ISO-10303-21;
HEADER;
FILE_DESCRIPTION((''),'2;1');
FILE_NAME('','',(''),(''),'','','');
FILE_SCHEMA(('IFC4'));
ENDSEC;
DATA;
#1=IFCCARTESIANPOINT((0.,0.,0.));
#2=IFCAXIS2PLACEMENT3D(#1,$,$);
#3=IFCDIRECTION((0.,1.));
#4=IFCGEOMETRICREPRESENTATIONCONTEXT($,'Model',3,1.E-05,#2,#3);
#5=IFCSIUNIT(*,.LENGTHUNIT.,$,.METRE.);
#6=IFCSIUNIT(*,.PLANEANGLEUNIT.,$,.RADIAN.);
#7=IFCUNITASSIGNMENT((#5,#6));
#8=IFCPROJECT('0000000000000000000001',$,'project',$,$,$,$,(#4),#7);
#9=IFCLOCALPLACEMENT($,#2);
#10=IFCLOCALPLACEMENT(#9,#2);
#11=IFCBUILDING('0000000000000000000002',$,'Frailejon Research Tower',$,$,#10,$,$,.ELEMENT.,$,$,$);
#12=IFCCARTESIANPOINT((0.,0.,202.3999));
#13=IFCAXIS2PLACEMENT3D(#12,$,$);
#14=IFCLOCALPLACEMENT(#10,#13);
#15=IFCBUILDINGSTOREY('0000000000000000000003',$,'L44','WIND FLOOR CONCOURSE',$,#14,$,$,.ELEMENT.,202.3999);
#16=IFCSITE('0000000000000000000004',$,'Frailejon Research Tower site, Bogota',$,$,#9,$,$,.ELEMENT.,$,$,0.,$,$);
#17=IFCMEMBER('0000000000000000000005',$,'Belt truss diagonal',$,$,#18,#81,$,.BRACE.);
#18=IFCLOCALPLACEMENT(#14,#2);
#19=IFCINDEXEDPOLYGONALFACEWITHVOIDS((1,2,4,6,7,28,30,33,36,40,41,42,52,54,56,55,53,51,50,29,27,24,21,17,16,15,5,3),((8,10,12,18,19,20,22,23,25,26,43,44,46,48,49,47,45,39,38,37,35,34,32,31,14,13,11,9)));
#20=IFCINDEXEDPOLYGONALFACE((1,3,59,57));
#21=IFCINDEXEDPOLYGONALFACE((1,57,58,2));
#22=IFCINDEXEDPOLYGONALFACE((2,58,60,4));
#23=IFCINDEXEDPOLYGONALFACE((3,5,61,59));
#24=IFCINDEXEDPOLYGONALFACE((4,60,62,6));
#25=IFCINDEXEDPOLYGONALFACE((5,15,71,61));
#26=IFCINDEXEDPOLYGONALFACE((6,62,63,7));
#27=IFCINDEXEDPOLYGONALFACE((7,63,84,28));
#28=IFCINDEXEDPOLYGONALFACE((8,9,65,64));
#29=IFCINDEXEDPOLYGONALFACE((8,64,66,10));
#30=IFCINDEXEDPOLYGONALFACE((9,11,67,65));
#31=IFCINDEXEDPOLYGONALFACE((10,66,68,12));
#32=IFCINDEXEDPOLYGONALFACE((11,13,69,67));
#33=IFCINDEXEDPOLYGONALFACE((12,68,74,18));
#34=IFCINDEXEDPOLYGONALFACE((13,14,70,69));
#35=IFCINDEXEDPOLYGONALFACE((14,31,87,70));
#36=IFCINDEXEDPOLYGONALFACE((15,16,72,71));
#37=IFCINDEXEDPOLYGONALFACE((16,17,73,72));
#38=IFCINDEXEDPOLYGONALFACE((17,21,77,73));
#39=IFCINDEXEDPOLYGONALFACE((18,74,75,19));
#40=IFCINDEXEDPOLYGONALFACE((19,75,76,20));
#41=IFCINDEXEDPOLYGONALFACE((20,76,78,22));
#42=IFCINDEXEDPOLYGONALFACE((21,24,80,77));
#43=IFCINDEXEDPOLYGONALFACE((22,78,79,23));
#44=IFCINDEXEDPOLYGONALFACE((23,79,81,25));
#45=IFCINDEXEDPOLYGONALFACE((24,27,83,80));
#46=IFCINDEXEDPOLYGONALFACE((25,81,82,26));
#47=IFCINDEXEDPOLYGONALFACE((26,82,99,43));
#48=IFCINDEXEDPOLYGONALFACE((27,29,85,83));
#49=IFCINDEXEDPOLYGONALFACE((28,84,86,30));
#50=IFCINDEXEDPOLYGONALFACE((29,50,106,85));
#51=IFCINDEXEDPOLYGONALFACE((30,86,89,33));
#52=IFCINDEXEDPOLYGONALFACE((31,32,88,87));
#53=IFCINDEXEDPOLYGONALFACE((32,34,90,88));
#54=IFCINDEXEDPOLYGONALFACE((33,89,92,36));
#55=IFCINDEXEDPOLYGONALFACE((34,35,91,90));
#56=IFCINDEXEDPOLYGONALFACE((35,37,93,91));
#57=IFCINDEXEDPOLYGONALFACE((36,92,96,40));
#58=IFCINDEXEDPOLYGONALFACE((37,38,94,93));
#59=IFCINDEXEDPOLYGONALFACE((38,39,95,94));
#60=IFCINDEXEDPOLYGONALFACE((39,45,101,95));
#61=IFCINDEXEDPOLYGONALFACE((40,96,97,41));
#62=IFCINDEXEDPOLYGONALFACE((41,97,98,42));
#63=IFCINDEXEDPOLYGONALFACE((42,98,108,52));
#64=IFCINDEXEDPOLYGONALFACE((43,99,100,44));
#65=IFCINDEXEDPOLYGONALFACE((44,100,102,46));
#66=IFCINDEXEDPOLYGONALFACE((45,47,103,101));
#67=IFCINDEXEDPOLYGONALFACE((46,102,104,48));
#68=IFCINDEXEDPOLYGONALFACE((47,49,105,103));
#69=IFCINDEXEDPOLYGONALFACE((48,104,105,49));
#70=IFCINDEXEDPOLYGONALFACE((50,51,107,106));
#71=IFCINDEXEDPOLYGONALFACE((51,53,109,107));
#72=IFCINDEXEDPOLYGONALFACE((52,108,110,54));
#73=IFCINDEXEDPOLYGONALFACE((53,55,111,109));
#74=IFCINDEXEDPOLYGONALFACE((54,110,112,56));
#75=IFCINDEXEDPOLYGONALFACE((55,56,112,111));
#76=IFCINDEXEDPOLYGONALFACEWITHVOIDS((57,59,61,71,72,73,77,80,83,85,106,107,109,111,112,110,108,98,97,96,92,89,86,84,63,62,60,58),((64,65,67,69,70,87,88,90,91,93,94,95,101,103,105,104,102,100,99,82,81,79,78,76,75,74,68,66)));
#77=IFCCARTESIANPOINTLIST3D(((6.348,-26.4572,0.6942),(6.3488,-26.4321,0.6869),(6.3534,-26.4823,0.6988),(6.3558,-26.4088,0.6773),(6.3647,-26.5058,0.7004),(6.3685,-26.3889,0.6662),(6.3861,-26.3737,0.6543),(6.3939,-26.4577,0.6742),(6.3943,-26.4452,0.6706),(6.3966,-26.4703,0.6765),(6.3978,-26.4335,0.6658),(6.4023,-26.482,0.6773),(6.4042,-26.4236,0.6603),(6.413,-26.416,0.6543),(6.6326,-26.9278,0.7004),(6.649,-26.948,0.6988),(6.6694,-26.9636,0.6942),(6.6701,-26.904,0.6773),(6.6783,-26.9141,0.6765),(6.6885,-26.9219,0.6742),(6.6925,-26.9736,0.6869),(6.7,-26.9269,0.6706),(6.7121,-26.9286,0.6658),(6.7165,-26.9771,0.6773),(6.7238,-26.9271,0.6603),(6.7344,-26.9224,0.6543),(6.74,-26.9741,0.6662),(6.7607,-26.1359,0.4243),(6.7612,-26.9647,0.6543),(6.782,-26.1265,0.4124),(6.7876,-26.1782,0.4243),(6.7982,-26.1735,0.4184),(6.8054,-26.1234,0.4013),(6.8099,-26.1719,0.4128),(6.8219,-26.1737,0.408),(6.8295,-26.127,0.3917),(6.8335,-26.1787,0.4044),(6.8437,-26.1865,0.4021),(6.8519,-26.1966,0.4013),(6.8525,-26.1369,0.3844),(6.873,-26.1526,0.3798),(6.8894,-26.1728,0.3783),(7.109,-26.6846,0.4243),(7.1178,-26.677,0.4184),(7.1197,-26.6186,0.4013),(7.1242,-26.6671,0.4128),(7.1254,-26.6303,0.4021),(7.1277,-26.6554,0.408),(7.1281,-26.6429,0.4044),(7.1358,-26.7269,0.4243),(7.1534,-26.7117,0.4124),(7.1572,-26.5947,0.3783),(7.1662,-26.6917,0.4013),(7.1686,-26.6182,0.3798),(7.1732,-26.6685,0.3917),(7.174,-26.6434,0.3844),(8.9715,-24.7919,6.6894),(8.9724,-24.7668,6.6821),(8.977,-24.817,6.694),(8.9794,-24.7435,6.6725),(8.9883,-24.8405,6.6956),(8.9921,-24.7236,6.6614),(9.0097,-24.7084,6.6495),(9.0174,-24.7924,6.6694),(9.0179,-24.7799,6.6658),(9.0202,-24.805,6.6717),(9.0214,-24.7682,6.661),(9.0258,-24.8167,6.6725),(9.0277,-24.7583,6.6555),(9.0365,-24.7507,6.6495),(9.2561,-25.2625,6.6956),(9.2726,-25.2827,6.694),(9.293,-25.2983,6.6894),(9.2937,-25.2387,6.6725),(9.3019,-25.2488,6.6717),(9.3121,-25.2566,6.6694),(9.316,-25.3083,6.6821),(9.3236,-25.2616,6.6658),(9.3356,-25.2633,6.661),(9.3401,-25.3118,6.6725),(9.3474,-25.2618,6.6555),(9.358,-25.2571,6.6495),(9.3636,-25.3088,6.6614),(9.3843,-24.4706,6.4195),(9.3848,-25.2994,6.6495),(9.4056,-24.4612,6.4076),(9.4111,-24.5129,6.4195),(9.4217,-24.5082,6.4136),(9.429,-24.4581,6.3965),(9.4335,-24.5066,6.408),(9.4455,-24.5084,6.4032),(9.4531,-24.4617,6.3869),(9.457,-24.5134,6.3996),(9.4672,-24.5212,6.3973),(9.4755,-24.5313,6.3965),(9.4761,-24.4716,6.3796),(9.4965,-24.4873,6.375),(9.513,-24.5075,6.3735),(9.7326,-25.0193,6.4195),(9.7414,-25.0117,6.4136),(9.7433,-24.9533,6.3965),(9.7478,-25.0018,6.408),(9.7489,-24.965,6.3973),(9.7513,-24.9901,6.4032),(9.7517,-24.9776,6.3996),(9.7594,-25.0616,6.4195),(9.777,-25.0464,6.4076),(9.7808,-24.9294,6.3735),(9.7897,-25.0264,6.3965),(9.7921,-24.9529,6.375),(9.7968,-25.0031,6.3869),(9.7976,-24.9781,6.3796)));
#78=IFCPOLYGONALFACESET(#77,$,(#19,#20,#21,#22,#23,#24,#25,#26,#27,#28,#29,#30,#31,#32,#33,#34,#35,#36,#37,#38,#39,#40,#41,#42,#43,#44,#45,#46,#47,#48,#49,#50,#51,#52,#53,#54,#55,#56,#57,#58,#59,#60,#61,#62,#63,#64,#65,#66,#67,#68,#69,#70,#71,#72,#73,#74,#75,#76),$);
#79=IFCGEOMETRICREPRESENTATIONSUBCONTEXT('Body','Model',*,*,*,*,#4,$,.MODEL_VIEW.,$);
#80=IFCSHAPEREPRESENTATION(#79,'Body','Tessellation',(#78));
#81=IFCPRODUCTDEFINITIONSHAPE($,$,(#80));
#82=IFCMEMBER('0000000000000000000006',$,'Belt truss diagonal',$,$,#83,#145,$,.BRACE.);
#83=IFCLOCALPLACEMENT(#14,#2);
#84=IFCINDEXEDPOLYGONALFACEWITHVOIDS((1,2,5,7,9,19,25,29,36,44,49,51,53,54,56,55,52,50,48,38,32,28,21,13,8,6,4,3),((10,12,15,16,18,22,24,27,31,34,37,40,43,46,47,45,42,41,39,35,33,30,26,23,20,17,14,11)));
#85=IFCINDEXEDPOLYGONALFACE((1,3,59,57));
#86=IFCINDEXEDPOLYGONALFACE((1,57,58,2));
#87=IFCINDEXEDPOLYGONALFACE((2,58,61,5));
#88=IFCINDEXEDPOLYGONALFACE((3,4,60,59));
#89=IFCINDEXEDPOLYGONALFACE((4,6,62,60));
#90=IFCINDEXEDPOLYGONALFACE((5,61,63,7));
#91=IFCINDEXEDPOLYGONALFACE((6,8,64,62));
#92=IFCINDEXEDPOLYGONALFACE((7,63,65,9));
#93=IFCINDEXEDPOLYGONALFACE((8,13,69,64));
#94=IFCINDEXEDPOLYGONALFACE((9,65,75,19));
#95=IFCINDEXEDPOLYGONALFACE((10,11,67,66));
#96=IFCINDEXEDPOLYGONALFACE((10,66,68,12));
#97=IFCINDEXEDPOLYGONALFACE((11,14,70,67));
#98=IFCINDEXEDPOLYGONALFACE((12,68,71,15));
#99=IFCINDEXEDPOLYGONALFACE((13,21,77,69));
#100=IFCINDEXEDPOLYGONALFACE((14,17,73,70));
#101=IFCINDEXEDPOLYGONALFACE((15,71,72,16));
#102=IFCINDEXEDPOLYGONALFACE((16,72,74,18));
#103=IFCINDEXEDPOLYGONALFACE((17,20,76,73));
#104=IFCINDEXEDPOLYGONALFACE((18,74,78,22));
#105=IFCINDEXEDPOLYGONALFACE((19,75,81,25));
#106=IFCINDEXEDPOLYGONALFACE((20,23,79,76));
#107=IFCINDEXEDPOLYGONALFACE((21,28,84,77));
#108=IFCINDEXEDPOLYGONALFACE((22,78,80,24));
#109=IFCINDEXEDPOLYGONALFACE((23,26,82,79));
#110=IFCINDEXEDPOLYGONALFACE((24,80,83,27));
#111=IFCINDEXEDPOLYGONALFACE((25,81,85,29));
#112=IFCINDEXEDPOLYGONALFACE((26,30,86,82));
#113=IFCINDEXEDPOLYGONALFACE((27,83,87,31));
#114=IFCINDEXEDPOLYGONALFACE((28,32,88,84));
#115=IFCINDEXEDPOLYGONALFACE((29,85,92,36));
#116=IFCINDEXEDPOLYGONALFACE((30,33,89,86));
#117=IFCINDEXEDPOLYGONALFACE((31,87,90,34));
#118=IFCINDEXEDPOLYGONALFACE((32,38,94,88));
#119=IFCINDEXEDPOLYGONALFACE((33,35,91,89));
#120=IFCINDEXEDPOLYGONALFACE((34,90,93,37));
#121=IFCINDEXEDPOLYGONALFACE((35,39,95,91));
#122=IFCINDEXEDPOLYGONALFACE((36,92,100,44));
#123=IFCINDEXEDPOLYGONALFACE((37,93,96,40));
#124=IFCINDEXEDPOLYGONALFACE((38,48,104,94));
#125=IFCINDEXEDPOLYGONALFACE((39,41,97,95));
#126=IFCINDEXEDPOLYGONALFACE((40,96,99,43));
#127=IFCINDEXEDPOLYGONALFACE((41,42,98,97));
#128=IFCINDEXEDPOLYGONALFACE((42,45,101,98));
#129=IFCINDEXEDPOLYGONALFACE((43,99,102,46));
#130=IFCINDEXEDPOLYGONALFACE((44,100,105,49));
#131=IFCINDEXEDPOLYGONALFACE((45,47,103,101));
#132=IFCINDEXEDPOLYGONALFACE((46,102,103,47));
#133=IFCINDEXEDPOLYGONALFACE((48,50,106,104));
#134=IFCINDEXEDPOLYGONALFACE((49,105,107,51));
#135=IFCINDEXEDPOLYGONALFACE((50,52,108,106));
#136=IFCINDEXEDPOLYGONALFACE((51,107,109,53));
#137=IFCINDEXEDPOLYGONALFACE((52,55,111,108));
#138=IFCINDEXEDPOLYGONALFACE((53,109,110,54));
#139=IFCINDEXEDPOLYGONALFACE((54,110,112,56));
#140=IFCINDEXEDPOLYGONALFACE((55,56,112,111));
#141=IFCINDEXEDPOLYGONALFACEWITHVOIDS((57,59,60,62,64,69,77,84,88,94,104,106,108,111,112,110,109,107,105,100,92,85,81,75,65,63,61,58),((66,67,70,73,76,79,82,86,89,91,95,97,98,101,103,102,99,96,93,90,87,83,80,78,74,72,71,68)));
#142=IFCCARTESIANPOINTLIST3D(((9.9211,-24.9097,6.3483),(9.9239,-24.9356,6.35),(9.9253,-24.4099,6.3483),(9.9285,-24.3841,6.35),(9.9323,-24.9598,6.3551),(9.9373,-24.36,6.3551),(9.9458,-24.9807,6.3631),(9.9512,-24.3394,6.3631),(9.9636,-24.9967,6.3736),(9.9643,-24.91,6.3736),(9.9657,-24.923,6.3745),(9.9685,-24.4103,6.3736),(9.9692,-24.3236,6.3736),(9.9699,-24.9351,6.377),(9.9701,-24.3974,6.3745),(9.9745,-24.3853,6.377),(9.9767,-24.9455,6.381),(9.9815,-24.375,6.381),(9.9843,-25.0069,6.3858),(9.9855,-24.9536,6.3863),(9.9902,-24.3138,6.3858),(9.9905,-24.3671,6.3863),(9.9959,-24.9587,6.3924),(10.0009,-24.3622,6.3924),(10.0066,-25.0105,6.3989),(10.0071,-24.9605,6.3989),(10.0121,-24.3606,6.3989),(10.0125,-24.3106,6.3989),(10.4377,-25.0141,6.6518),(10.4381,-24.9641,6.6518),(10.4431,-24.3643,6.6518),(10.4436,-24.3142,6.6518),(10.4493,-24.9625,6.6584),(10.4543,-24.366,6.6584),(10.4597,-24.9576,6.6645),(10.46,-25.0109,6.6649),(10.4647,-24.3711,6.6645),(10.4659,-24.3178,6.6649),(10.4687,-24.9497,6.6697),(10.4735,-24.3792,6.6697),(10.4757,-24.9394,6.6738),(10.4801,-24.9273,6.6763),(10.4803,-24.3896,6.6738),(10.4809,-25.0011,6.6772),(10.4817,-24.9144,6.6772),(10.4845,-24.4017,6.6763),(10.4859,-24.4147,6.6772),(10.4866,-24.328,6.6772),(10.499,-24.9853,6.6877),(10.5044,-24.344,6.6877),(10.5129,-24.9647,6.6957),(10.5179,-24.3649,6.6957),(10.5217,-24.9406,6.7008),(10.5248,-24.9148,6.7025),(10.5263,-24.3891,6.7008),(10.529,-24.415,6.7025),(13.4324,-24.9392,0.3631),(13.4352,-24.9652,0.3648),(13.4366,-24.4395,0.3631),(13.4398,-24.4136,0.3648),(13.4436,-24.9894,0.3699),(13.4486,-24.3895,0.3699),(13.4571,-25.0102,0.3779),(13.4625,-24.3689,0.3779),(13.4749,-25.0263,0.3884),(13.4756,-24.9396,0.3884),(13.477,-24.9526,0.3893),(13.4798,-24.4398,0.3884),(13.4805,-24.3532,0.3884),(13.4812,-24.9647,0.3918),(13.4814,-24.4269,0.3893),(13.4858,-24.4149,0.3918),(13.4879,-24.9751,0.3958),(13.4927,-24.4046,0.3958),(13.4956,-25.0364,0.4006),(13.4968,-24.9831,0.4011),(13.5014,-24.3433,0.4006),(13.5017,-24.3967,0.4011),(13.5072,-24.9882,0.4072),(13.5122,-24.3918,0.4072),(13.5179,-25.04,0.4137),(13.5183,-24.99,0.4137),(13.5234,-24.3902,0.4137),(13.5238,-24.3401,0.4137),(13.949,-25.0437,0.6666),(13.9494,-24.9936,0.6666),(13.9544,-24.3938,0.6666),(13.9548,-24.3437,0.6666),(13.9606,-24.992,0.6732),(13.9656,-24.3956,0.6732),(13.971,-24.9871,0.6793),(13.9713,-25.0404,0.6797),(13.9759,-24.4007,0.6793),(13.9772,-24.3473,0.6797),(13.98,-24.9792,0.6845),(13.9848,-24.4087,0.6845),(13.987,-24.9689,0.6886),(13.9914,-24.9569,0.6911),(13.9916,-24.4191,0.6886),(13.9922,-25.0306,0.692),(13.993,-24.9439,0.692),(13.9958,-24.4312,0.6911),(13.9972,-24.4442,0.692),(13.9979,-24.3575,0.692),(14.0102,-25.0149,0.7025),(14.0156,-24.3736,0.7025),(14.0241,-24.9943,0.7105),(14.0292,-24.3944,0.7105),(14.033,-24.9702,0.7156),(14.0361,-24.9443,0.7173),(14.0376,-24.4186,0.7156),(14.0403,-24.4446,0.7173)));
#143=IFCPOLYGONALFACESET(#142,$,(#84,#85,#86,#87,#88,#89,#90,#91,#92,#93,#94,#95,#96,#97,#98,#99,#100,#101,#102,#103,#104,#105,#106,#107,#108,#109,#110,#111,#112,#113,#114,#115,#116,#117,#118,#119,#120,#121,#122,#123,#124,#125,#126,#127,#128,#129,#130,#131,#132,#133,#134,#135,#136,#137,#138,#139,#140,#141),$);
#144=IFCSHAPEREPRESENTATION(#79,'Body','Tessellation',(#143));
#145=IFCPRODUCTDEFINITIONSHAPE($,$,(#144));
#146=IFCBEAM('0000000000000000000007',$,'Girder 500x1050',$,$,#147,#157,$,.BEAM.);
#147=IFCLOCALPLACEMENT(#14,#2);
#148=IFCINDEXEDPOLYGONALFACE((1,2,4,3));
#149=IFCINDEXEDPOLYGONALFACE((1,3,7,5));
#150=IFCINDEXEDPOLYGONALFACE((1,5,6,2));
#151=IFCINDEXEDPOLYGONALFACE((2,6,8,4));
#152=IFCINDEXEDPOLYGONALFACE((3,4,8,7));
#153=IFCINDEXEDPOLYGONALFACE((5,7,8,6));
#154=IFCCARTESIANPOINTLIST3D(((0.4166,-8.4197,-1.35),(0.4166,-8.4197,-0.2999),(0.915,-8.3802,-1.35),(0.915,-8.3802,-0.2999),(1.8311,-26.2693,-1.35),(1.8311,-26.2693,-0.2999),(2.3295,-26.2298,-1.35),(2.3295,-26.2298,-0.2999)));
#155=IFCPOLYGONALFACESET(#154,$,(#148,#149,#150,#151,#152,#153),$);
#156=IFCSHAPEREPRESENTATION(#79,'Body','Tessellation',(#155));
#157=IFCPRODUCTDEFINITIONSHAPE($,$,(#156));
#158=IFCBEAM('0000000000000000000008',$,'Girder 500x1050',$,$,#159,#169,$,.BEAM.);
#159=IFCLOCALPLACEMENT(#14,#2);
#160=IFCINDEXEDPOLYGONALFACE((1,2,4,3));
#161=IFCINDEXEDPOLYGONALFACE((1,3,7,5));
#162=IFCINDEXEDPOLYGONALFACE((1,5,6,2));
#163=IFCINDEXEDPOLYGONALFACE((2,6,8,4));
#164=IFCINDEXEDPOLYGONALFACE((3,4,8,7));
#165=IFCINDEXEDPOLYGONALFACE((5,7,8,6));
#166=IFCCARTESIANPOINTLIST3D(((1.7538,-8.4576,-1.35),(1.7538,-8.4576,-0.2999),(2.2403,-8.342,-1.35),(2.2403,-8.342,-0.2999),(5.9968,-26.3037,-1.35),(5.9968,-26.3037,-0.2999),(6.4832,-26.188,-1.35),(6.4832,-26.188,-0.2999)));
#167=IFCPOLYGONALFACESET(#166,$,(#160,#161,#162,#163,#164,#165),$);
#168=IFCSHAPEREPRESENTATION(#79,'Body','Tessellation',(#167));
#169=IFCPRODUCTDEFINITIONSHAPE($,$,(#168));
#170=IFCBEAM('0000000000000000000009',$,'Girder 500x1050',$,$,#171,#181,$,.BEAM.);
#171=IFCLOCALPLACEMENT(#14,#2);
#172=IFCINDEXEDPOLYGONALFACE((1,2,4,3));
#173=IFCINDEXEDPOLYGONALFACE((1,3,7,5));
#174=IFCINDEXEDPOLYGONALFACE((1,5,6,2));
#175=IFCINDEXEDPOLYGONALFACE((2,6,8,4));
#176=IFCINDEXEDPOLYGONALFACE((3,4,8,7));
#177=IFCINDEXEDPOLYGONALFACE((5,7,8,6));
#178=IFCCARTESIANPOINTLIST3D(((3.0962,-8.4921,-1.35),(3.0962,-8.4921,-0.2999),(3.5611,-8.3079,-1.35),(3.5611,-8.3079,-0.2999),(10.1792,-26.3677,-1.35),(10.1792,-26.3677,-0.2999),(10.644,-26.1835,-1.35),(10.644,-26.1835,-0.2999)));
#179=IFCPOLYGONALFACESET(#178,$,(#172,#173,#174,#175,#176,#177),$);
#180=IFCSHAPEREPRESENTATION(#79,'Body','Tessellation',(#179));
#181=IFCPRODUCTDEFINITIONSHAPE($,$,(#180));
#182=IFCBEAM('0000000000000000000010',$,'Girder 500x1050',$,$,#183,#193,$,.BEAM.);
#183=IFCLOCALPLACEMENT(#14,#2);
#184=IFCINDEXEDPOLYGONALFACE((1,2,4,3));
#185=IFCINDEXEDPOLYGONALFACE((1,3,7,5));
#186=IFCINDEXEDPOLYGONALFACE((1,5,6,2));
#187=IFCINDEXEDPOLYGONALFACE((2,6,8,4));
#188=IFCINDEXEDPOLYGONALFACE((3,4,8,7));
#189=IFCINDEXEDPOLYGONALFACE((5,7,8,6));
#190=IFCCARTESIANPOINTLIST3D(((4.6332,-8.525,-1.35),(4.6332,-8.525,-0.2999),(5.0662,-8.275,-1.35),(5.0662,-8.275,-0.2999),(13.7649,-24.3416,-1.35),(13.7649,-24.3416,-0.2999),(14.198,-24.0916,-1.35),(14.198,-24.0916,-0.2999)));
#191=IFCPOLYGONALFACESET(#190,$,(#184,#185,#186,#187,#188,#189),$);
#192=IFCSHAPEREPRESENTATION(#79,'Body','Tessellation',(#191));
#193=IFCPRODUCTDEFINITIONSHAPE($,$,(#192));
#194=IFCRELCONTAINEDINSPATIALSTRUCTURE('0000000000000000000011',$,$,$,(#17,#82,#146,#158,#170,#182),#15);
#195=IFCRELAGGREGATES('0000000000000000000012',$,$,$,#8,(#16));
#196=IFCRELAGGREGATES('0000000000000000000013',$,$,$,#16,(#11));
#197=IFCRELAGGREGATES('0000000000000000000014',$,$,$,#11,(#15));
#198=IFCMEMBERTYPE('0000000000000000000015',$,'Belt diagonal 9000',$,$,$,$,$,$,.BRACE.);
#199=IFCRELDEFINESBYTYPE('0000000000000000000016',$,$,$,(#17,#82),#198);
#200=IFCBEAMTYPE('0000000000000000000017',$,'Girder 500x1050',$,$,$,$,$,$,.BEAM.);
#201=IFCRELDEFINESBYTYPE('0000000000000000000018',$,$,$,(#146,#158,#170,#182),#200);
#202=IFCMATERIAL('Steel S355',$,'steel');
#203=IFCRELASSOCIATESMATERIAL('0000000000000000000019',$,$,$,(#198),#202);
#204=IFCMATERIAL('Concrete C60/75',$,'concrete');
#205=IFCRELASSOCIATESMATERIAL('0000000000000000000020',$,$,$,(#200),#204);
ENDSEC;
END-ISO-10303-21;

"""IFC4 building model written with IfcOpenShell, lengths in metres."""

from ifc_helpers import new_model, si_unit, direction, frame, origin, origin_2d, place, context, subcontext, project, spatial, rectangle, hollow_rectangle, extrude, material, material_profile, profile_set, type_object, element, save


model = new_model("IFC4")

# Units and contexts
model_context = context("Model", 3, precision=1e-05, world=origin(), true_north=direction((0.0, 1.0)))
body_context = subcontext(model_context, "Body", "Model", "MODEL_VIEW")
ifc_project = project(units=[si_unit("LENGTHUNIT", "METRE"), si_unit("PLANEANGLEUNIT", "RADIAN")], contexts=[model_context])

# Site, building, storey
site_placement = place(None, origin())
site = spatial("IfcSite", under=ifc_project, at=site_placement, Name="Frailejon Research Tower site, Bogota", CompositionType="ELEMENT", RefElevation=0.0)
building_placement = place(site_placement, origin())
building = spatial("IfcBuilding", under=site, at=building_placement, Name="Frailejon Research Tower", CompositionType="ELEMENT")
storey_placement = place(building_placement, frame((0.0, 0.0, 202.3999)))
storey = spatial("IfcBuildingStorey", under=building, at=storey_placement, Name="L44", Description="WIND FLOOR CONCOURSE", CompositionType="ELEMENT", Elevation=202.3999)

# Members
ifc_material_1 = material(Name="Steel S355", Category="steel")
ifc_material_profile_1 = material_profile(ifc_material_1, hollow_rectangle(XDim=0.7, YDim=0.7, WallThickness=0.05, InnerFilletRadius=0.05, OuterFilletRadius=0.1001, at=origin_2d()), Name="Belt diagonal 9000")
ifc_profile_set_1 = profile_set([ifc_material_profile_1], Name="Steel S355")
member_type = type_object("IfcMemberType", Name="Belt diagonal 9000", PredefinedType="BRACE", material=ifc_profile_set_1)
member_1_placement = place(storey_placement, frame((6.761, -26.5503, 0.5393), z_axis=(0.388523, 0.246614, 0.887824), x_axis=(-0.535904, 0.844279, 0.0)))
element("IfcMember", 1, at=member_1_placement, inside=storey, type_object=member_type, Name="Belt truss diagonal", PredefinedType="BRACE", context=body_context, shape_type="SweptSolid", body=[
    extrude(hollow_rectangle(XDim=0.7, YDim=0.7, WallThickness=0.05, InnerFilletRadius=0.05, OuterFilletRadius=0.1001, at=origin_2d()), origin(), (0.0, 0.0, 1.0), 6.7527),
])
member_2_placement = place(storey_placement, frame((10.2251, -24.6624, 6.5254), z_axis=(0.506007, -0.004257, -0.862519), x_axis=(0.008413, 0.999965, 0.0)))
element("IfcMember", 2, at=member_2_placement, inside=storey, type_object=member_type, Name="Belt truss diagonal", PredefinedType="BRACE", context=body_context, shape_type="SweptSolid", body=[
    extrude(hollow_rectangle(XDim=0.7, YDim=0.7, WallThickness=0.05, InnerFilletRadius=0.05, OuterFilletRadius=0.1001, at=origin_2d()), origin(), (0.0, 0.0, 1.0), 6.9392),
])

# Beams
ifc_material_2 = material(Name="Concrete C60/75", Category="concrete")
ifc_material_profile_2 = material_profile(ifc_material_2, rectangle(XDim=0.5, YDim=1.05, at=origin_2d()), Name="Girder 500x1050")
ifc_profile_set_2 = profile_set([ifc_material_profile_2], Name="Concrete C60/75")
beam_type_1 = type_object("IfcBeamType", Name="Girder 500x1050", PredefinedType="BEAM", material=ifc_profile_set_2)
beam_1_placement = place(storey_placement, frame((2.0803, -26.2495, -0.825), z_axis=(-0.079001, 0.996875, 0.0), x_axis=(-0.996875, -0.079001, 0.0)))
element("IfcBeam", 3, at=beam_1_placement, inside=storey, type_object=beam_type_1, Name="Girder 500x1050", PredefinedType="BEAM", context=body_context, shape_type="SweptSolid", body=[
    extrude(rectangle(XDim=0.5, YDim=1.05, at=origin_2d()), origin(), (0.0, 0.0, 1.0), 17.9055),
])
beam_2_placement = place(storey_placement, frame((6.24, -26.2458, -0.825), z_axis=(-0.231305, 0.972881, 0.0), x_axis=(-0.972881, -0.231305, 0.0)))
element("IfcBeam", 4, at=beam_2_placement, inside=storey, type_object=beam_type_1, Name="Girder 500x1050", PredefinedType="BEAM", context=body_context, shape_type="SweptSolid", body=[
    extrude(rectangle(XDim=0.5, YDim=1.05, at=origin_2d()), origin(), (0.0, 0.0, 1.0), 18.3435),
])
beam_3_placement = place(storey_placement, frame((10.4116, -26.2756, -0.825), z_axis=(-0.368372, 0.929678, 0.0), x_axis=(-0.929678, -0.368372, 0.0)))
element("IfcBeam", 5, at=beam_3_placement, inside=storey, type_object=beam_type_1, Name="Girder 500x1050", PredefinedType="BEAM", context=body_context, shape_type="SweptSolid", body=[
    extrude(rectangle(XDim=0.5, YDim=1.05, at=origin_2d()), origin(), (0.0, 0.0, 1.0), 19.2278),
])
beam_4_placement = place(storey_placement, frame((13.9814, -24.2166, -0.825), z_axis=(-0.500004, 0.866023, 0.0), x_axis=(-0.866023, -0.500004, 0.0)))
element("IfcBeam", 6, at=beam_4_placement, inside=storey, type_object=beam_type_1, Name="Girder 500x1050", PredefinedType="BEAM", context=body_context, shape_type="SweptSolid", body=[
    extrude(rectangle(XDim=0.5, YDim=1.05, at=origin_2d()), origin(), (0.0, 0.0, 1.0), 18.2634),
])

save(model, "model.ifc")
